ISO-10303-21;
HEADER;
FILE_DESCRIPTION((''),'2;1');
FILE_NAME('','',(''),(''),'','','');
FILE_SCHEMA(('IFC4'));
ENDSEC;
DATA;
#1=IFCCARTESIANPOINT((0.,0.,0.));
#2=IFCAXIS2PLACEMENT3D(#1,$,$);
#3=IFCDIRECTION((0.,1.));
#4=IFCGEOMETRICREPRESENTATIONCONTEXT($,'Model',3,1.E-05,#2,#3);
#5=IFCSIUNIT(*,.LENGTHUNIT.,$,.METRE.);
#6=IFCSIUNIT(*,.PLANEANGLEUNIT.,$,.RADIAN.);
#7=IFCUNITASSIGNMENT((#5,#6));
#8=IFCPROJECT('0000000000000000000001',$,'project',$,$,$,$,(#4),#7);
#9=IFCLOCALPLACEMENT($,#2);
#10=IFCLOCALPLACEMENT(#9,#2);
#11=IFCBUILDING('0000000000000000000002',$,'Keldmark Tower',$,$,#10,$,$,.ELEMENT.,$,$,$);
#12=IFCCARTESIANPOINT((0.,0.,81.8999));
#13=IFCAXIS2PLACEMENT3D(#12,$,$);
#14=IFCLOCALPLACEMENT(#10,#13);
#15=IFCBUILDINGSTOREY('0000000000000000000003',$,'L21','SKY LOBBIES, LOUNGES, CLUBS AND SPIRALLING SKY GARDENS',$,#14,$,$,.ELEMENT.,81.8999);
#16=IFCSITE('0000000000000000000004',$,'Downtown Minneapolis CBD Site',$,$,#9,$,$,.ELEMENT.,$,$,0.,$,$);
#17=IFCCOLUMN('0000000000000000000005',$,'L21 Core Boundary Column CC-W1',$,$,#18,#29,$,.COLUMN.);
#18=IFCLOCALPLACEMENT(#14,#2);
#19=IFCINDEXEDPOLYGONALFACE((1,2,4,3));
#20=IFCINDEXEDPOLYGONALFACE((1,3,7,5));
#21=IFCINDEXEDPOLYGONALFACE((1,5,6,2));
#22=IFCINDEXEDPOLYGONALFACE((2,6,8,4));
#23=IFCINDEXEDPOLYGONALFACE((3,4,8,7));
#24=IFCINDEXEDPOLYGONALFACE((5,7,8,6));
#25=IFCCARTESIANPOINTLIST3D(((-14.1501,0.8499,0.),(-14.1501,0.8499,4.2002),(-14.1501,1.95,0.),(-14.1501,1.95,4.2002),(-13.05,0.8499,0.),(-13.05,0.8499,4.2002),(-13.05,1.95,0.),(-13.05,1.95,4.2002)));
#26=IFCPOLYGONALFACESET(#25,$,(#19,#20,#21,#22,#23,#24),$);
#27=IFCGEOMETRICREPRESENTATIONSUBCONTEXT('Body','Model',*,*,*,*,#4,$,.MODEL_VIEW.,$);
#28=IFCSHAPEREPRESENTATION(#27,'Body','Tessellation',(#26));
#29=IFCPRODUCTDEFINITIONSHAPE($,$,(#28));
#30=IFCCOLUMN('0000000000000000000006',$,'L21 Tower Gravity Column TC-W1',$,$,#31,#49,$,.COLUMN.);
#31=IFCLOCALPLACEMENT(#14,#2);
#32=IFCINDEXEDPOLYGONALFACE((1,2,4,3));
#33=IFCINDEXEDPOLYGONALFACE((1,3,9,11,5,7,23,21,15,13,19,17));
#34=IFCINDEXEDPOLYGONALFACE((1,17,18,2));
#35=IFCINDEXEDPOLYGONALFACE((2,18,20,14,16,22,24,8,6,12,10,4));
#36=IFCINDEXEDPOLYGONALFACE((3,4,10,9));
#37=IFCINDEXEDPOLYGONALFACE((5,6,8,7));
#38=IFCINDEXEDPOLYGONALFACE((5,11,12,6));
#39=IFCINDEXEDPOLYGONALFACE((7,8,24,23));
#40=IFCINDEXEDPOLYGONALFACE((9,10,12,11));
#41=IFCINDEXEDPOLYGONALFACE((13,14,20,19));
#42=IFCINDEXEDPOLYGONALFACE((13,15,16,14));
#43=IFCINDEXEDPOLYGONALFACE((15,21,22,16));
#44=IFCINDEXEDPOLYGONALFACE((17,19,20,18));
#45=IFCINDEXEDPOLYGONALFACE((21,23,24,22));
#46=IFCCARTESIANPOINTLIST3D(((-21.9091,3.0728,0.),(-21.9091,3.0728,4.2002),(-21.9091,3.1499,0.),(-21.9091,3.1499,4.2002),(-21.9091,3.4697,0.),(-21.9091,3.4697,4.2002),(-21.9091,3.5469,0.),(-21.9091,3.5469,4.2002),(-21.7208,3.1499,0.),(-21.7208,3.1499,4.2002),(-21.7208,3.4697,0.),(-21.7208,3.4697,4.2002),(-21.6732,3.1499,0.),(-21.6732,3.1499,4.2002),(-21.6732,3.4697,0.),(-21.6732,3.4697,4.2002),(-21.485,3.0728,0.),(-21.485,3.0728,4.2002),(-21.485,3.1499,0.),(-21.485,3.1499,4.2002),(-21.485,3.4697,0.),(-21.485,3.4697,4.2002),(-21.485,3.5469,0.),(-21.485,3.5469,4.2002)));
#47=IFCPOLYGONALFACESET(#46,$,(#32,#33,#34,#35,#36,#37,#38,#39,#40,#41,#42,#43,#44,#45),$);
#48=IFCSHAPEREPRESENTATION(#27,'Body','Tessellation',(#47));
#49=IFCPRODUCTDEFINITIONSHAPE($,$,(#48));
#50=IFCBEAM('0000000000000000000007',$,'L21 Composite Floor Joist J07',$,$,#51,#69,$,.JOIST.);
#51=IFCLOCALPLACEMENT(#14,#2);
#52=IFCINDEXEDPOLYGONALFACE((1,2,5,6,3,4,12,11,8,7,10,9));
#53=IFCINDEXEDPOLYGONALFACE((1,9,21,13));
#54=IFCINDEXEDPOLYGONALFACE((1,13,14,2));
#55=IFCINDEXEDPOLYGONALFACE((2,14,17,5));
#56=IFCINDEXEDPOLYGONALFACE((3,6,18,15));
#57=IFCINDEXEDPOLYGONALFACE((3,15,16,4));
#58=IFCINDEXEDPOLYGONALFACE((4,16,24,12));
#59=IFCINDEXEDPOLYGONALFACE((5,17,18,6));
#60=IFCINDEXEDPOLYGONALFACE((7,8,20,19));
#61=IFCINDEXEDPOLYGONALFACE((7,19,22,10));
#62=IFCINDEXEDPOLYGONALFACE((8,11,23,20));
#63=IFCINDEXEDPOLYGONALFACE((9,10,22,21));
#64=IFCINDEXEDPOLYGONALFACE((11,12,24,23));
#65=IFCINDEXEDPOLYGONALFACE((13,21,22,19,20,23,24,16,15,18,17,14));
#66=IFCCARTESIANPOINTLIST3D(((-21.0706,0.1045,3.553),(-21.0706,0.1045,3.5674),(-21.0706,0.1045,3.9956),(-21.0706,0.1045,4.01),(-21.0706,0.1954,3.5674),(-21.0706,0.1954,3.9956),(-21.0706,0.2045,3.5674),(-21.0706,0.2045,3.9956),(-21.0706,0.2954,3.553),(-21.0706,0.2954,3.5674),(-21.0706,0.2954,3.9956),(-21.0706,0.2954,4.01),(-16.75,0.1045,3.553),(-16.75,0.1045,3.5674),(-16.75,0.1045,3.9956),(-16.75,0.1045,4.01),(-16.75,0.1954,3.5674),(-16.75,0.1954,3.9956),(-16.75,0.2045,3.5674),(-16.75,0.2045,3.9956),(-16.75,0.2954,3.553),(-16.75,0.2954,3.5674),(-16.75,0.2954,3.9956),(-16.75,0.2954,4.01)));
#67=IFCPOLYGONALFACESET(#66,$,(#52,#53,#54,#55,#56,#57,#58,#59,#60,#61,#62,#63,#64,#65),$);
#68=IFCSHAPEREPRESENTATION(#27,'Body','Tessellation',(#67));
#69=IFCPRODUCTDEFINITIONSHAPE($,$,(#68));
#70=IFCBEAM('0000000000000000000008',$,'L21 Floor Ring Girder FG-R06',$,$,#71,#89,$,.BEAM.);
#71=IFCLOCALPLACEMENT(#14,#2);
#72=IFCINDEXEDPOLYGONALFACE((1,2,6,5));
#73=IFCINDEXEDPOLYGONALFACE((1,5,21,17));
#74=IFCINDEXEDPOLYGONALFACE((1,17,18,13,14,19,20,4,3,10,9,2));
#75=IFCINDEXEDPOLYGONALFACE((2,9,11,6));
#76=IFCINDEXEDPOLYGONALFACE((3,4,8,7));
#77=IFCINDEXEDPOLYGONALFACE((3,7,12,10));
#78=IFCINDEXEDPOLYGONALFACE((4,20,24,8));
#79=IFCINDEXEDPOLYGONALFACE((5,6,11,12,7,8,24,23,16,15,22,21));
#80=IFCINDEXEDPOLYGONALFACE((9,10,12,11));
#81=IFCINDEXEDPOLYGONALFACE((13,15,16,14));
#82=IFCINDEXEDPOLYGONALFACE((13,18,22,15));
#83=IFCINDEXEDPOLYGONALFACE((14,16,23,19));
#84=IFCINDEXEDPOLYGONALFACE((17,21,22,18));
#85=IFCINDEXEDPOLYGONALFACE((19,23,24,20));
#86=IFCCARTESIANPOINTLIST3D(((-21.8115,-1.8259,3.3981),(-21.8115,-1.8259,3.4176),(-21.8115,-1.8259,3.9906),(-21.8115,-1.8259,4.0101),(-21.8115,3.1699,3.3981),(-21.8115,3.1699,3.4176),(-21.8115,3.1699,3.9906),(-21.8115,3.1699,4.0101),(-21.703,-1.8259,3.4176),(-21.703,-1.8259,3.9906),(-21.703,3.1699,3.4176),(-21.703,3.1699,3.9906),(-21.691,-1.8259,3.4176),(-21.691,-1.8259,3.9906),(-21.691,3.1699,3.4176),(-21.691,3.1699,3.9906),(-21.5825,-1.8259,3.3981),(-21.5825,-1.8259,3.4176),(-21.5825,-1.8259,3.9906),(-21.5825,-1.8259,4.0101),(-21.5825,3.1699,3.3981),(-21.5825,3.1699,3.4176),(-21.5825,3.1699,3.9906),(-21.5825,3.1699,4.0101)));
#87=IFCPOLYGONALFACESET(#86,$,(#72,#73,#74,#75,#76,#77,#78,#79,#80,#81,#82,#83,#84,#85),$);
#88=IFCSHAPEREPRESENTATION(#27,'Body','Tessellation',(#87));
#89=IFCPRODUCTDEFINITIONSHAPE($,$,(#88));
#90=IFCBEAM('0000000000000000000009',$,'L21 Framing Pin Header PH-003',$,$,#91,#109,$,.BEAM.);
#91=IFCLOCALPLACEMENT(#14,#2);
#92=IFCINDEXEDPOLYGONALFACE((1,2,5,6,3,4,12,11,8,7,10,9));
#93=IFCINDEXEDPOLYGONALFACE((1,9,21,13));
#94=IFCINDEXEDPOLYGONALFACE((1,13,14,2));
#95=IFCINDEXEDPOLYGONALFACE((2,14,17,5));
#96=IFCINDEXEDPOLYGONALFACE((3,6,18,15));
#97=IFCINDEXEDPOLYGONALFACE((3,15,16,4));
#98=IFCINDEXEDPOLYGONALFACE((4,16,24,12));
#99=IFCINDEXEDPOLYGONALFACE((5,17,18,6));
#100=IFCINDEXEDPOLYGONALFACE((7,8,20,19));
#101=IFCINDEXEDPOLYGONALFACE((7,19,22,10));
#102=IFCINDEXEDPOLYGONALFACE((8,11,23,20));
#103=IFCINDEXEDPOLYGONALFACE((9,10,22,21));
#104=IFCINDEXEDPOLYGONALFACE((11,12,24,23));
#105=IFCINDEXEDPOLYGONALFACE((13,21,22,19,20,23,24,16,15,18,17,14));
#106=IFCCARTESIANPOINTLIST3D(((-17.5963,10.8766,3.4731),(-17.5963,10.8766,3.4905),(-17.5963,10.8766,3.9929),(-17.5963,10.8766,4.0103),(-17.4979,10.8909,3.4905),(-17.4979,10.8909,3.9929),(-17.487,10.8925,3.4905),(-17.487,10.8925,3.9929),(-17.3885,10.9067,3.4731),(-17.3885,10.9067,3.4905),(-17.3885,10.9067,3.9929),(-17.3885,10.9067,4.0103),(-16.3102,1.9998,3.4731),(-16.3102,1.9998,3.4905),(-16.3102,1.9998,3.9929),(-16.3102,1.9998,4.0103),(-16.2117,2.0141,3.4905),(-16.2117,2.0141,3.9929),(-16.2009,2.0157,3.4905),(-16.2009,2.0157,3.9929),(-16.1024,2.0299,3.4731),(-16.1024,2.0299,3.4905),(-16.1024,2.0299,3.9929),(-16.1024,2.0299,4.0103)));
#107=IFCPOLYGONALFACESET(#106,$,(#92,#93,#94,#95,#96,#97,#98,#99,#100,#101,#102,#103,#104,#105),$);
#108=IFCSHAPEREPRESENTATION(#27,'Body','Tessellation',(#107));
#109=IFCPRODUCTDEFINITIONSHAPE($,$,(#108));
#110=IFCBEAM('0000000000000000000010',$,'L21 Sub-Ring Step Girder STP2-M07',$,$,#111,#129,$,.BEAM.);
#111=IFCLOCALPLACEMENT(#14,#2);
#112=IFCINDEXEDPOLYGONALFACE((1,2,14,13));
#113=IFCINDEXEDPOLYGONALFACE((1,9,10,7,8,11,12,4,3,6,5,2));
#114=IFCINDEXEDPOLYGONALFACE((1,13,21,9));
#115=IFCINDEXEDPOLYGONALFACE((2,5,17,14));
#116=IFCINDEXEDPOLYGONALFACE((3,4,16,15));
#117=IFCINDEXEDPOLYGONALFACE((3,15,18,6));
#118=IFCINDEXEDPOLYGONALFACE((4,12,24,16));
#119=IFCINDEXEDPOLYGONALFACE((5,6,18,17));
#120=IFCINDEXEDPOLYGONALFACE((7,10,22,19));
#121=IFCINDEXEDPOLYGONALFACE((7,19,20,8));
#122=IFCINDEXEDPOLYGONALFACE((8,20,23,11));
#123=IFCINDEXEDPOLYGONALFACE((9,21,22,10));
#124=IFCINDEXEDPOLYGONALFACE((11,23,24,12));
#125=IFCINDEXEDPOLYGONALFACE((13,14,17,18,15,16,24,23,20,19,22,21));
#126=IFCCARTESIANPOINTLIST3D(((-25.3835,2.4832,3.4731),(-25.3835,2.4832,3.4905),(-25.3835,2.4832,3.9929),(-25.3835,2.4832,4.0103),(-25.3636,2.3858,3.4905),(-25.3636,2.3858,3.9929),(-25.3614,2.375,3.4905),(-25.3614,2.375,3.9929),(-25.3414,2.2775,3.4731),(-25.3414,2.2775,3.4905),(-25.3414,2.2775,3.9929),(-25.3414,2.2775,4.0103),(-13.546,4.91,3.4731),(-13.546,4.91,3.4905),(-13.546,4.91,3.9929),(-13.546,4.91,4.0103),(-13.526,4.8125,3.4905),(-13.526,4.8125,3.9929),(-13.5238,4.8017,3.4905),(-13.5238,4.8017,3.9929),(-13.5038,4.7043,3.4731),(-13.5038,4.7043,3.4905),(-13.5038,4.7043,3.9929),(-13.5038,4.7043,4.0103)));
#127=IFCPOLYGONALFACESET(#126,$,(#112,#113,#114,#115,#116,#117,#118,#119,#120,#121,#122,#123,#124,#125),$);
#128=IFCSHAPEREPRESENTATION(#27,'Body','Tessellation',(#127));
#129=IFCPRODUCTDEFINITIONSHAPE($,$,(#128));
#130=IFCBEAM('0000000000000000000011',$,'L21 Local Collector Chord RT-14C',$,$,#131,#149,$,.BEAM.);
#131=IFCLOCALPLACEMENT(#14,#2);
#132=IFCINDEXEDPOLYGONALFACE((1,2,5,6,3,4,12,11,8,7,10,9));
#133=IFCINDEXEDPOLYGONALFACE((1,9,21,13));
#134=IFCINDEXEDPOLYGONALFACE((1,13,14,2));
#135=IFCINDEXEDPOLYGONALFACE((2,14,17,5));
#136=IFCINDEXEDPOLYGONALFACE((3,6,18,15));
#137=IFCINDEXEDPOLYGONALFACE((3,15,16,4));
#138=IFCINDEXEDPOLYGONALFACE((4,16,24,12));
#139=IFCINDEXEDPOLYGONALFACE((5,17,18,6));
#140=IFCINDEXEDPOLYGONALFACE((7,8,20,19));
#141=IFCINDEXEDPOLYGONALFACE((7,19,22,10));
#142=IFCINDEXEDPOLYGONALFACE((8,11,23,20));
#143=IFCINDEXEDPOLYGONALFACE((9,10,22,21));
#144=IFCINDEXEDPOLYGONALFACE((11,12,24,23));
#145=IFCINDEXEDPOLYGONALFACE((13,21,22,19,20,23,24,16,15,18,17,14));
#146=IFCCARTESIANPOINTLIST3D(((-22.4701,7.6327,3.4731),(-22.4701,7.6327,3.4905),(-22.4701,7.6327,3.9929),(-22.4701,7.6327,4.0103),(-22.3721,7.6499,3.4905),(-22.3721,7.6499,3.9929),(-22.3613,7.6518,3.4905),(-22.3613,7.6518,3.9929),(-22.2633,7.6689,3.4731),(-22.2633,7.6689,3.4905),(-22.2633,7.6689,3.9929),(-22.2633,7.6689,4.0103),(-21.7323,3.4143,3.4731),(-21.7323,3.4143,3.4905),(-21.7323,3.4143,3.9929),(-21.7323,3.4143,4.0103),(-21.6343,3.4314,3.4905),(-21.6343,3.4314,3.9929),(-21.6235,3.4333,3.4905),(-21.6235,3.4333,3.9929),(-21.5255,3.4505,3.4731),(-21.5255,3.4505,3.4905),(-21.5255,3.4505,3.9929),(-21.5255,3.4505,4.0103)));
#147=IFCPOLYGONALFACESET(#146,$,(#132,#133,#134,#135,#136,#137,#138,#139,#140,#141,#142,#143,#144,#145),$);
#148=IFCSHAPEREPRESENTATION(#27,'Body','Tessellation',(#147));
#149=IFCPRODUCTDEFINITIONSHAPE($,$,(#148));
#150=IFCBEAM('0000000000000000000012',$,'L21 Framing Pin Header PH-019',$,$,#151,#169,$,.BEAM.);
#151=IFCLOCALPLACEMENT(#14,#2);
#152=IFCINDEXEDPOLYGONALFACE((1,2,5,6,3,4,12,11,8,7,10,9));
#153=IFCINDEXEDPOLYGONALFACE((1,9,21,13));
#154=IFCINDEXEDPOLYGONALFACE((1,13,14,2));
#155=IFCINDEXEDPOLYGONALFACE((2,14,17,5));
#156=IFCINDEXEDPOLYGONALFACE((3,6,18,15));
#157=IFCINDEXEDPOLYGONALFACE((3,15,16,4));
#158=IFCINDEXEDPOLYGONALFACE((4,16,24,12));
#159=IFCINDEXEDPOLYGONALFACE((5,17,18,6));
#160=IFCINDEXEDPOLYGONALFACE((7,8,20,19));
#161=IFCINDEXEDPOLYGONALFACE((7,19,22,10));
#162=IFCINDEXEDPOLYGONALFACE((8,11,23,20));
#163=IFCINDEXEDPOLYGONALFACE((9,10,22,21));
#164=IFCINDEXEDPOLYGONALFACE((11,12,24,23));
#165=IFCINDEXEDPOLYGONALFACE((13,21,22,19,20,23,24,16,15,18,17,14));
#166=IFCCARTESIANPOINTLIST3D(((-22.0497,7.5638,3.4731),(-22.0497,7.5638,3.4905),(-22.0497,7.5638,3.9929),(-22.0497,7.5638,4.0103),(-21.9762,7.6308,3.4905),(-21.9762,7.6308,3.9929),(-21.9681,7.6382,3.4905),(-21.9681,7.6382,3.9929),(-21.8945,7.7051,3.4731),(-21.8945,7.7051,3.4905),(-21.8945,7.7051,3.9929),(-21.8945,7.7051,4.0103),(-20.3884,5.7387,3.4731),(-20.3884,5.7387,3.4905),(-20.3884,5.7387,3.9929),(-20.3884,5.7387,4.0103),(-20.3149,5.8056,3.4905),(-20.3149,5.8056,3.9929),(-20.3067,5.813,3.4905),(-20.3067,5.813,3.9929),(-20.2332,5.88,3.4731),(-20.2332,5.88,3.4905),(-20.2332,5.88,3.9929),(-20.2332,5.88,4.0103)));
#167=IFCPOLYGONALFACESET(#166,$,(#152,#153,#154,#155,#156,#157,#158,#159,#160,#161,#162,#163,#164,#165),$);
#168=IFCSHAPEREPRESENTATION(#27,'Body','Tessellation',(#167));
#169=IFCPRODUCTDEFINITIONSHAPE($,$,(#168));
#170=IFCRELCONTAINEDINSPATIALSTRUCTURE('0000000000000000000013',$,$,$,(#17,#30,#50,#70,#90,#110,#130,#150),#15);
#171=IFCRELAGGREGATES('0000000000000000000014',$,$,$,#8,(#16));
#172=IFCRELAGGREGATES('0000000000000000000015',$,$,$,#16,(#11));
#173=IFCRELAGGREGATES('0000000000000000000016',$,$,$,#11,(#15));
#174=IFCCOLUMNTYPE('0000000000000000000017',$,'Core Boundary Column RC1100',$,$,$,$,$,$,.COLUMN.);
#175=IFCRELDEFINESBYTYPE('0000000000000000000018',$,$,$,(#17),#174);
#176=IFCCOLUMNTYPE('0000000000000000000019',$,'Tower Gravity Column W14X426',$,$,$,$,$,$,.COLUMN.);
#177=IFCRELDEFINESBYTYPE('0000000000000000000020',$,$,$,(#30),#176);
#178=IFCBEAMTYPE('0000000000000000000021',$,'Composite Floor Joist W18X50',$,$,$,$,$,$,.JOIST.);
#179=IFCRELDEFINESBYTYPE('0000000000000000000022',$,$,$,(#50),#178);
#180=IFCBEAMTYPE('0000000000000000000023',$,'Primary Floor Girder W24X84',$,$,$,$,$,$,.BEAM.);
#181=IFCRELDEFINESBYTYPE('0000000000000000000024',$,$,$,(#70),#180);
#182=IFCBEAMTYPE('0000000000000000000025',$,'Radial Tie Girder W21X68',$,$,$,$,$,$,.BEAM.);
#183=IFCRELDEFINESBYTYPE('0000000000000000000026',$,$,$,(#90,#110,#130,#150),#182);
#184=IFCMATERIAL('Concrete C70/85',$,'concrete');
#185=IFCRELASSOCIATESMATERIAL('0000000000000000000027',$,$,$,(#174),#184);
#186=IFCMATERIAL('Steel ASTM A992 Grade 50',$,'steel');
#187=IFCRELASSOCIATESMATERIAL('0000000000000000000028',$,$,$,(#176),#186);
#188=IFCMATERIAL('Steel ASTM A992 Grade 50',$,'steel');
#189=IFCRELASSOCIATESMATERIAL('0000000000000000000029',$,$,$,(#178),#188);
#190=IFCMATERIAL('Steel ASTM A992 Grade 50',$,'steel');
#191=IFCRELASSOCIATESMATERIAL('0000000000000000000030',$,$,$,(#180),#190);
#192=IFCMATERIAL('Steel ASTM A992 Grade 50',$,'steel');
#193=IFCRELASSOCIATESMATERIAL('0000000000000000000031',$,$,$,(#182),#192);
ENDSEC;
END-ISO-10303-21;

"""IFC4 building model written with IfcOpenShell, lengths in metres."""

from ifc_helpers import new_model, si_unit, direction, frame, origin, origin_2d, place, context, subcontext, project, spatial, rectangle, i_section, extrude, material, material_profile, profile_set, type_object, element, save


model = new_model("IFC4")

# Units and contexts
model_context = context("Model", 3, precision=1e-05, world=origin(), true_north=direction((0.0, 1.0)))
body_context = subcontext(model_context, "Body", "Model", "MODEL_VIEW")
ifc_project = project(units=[si_unit("LENGTHUNIT", "METRE"), si_unit("PLANEANGLEUNIT", "RADIAN")], contexts=[model_context])

# Site, building, storey
site_placement = place(None, origin())
site = spatial("IfcSite", under=ifc_project, at=site_placement, Name="Downtown Minneapolis CBD Site", CompositionType="ELEMENT", RefElevation=0.0)
building_placement = place(site_placement, origin())
building = spatial("IfcBuilding", under=site, at=building_placement, Name="Keldmark Tower", CompositionType="ELEMENT")
storey_placement = place(building_placement, frame((0.0, 0.0, 81.8999)))
storey = spatial("IfcBuildingStorey", under=building, at=storey_placement, Name="L21", Description="SKY LOBBIES, LOUNGES, CLUBS AND SPIRALLING SKY GARDENS", CompositionType="ELEMENT", Elevation=81.8999)

# Columns
ifc_material_1 = material(Name="Concrete C70/85", Category="concrete")
ifc_material_profile_1 = material_profile(ifc_material_1, rectangle(XDim=1.1001, YDim=1.1001, at=origin_2d()), Name="RC1100X1100")
ifc_profile_set_1 = profile_set([ifc_material_profile_1], Name="Concrete C70/85")
column_type_1 = type_object("IfcColumnType", Name="Core Boundary Column RC1100", PredefinedType="COLUMN", material=ifc_profile_set_1)
column_1_placement = place(storey_placement, frame((-13.6001, 1.3999, 0.0), z_axis=(0.0, 0.0, 1.0), x_axis=(1.0, 0.0, 0.0)))
element("IfcColumn", 1, at=column_1_placement, inside=storey, type_object=column_type_1, Name="L21 Core Boundary Column CC-W1", PredefinedType="COLUMN", context=body_context, shape_type="SweptSolid", body=[
    extrude(rectangle(XDim=1.1001, YDim=1.1001, at=origin_2d()), origin(), (0.0, 0.0, 1.0), 4.2002),
])
ifc_material_2 = material(Name="Steel ASTM A992 Grade 50", Category="steel")
ifc_material_profile_2 = material_profile(ifc_material_2, i_section(OverallWidth=0.4241, OverallDepth=0.4741, WebThickness=0.0476, FlangeThickness=0.0771, at=origin_2d()), Name="W14X426")
ifc_profile_set_2 = profile_set([ifc_material_profile_2], Name="Steel ASTM A992 Grade 50")
column_type_2 = type_object("IfcColumnType", Name="Tower Gravity Column W14X426", PredefinedType="COLUMN", material=ifc_profile_set_2)
column_2_placement = place(storey_placement, frame((-21.697, 3.3098, 0.0), z_axis=(0.0, 0.0, 1.0), x_axis=(1.0, 0.0, 0.0)))
element("IfcColumn", 2, at=column_2_placement, inside=storey, type_object=column_type_2, Name="L21 Tower Gravity Column TC-W1", PredefinedType="COLUMN", context=body_context, shape_type="SweptSolid", body=[
    extrude(i_section(OverallWidth=0.4241, OverallDepth=0.4741, WebThickness=0.0476, FlangeThickness=0.0771, at=origin_2d()), origin(), (0.0, 0.0, 1.0), 4.2002),
])

# Beams
ifc_material_3 = material(Name="Steel ASTM A992 Grade 50", Category="steel")
ifc_material_profile_3 = material_profile(ifc_material_3, i_section(OverallWidth=0.1909, OverallDepth=0.457, WebThickness=0.009, FlangeThickness=0.0144, at=origin_2d()), Name="W18X50")
ifc_profile_set_3 = profile_set([ifc_material_profile_3], Name="Steel ASTM A992 Grade 50")
beam_type_1 = type_object("IfcBeamType", Name="Composite Floor Joist W18X50", PredefinedType="JOIST", material=ifc_profile_set_3)
beam_1_placement = place(storey_placement, frame((-21.0706, 0.2, 3.7815), z_axis=(1.0, 0.0, 0.0), x_axis=(0.0, 1.0, 0.0)))
element("IfcBeam", 3, at=beam_1_placement, inside=storey, type_object=beam_type_1, Name="L21 Composite Floor Joist J07", PredefinedType="JOIST", context=body_context, shape_type="SweptSolid", body=[
    extrude(i_section(OverallWidth=0.1909, OverallDepth=0.457, WebThickness=0.009, FlangeThickness=0.0144, at=origin_2d()), origin(), (0.0, 0.0, 1.0), 4.3206),
])
ifc_material_4 = material(Name="Steel ASTM A992 Grade 50", Category="steel")
ifc_material_profile_4 = material_profile(ifc_material_4, i_section(OverallWidth=0.229, OverallDepth=0.6121, WebThickness=0.012, FlangeThickness=0.0195, at=origin_2d()), Name="W24X84")
ifc_profile_set_4 = profile_set([ifc_material_profile_4], Name="Steel ASTM A992 Grade 50")
beam_type_2 = type_object("IfcBeamType", Name="Primary Floor Girder W24X84", PredefinedType="BEAM", material=ifc_profile_set_4)
beam_2_placement = place(storey_placement, frame((-21.697, 3.1699, 3.7041), z_axis=(0.0, -1.0, 0.0), x_axis=(1.0, 0.0, 0.0)))
element("IfcBeam", 4, at=beam_2_placement, inside=storey, type_object=beam_type_2, Name="L21 Floor Ring Girder FG-R06", PredefinedType="BEAM", context=body_context, shape_type="SweptSolid", body=[
    extrude(i_section(OverallWidth=0.229, OverallDepth=0.6121, WebThickness=0.012, FlangeThickness=0.0195, at=origin_2d()), origin(), (0.0, 0.0, 1.0), 4.9958),
])
ifc_material_5 = material(Name="Steel ASTM A992 Grade 50", Category="steel")
ifc_material_profile_5 = material_profile(ifc_material_5, i_section(OverallWidth=0.21, OverallDepth=0.5371, WebThickness=0.011, FlangeThickness=0.0173, at=origin_2d()), Name="W21X68")
ifc_profile_set_5 = profile_set([ifc_material_profile_5], Name="Steel ASTM A992 Grade 50")
beam_type_3 = type_object("IfcBeamType", Name="Radial Tie Girder W21X68", PredefinedType="BEAM", material=ifc_profile_set_5)
beam_3_placement = place(storey_placement, frame((-16.2063, 2.0149, 3.7417), z_axis=(-0.143391, 0.989666, 0.0), x_axis=(-0.989666, -0.143391, 0.0)))
element("IfcBeam", 5, at=beam_3_placement, inside=storey, type_object=beam_type_3, Name="L21 Framing Pin Header PH-003", PredefinedType="BEAM", context=body_context, shape_type="SweptSolid", body=[
    extrude(i_section(OverallWidth=0.21, OverallDepth=0.5371, WebThickness=0.011, FlangeThickness=0.0173, at=origin_2d()), origin(), (0.0, 0.0, 1.0), 8.9695),
])
beam_4_placement = place(storey_placement, frame((-13.5249, 4.8071, 3.7417), z_axis=(-0.979627, -0.200827, 0.0), x_axis=(0.200827, -0.979627, 0.0)))
element("IfcBeam", 6, at=beam_4_placement, inside=storey, type_object=beam_type_3, Name="L21 Sub-Ring Step Girder STP2-M07", PredefinedType="BEAM", context=body_context, shape_type="SweptSolid", body=[
    extrude(i_section(OverallWidth=0.21, OverallDepth=0.5371, WebThickness=0.011, FlangeThickness=0.0173, at=origin_2d()), origin(), (0.0, 0.0, 1.0), 12.0837),
])
beam_5_placement = place(storey_placement, frame((-21.6289, 3.4324, 3.7417), z_axis=(-0.172279, 0.985048, 0.0), x_axis=(-0.985048, -0.172279, 0.0)))
element("IfcBeam", 7, at=beam_5_placement, inside=storey, type_object=beam_type_3, Name="L21 Local Collector Chord RT-14C", PredefinedType="BEAM", context=body_context, shape_type="SweptSolid", body=[
    extrude(i_section(OverallWidth=0.21, OverallDepth=0.5371, WebThickness=0.011, FlangeThickness=0.0173, at=origin_2d()), origin(), (0.0, 0.0, 1.0), 4.2825),
])
beam_6_placement = place(storey_placement, frame((-20.3108, 5.8093, 3.7417), z_axis=(-0.67314, 0.739515, 0.0), x_axis=(-0.739515, -0.67314, 0.0)))
element("IfcBeam", 8, at=beam_6_placement, inside=storey, type_object=beam_type_3, Name="L21 Framing Pin Header PH-019", PredefinedType="BEAM", context=body_context, shape_type="SweptSolid", body=[
    extrude(i_section(OverallWidth=0.21, OverallDepth=0.5371, WebThickness=0.011, FlangeThickness=0.0173, at=origin_2d()), origin(), (0.0, 0.0, 1.0), 2.468),
])

save(model, "model.ifc")
